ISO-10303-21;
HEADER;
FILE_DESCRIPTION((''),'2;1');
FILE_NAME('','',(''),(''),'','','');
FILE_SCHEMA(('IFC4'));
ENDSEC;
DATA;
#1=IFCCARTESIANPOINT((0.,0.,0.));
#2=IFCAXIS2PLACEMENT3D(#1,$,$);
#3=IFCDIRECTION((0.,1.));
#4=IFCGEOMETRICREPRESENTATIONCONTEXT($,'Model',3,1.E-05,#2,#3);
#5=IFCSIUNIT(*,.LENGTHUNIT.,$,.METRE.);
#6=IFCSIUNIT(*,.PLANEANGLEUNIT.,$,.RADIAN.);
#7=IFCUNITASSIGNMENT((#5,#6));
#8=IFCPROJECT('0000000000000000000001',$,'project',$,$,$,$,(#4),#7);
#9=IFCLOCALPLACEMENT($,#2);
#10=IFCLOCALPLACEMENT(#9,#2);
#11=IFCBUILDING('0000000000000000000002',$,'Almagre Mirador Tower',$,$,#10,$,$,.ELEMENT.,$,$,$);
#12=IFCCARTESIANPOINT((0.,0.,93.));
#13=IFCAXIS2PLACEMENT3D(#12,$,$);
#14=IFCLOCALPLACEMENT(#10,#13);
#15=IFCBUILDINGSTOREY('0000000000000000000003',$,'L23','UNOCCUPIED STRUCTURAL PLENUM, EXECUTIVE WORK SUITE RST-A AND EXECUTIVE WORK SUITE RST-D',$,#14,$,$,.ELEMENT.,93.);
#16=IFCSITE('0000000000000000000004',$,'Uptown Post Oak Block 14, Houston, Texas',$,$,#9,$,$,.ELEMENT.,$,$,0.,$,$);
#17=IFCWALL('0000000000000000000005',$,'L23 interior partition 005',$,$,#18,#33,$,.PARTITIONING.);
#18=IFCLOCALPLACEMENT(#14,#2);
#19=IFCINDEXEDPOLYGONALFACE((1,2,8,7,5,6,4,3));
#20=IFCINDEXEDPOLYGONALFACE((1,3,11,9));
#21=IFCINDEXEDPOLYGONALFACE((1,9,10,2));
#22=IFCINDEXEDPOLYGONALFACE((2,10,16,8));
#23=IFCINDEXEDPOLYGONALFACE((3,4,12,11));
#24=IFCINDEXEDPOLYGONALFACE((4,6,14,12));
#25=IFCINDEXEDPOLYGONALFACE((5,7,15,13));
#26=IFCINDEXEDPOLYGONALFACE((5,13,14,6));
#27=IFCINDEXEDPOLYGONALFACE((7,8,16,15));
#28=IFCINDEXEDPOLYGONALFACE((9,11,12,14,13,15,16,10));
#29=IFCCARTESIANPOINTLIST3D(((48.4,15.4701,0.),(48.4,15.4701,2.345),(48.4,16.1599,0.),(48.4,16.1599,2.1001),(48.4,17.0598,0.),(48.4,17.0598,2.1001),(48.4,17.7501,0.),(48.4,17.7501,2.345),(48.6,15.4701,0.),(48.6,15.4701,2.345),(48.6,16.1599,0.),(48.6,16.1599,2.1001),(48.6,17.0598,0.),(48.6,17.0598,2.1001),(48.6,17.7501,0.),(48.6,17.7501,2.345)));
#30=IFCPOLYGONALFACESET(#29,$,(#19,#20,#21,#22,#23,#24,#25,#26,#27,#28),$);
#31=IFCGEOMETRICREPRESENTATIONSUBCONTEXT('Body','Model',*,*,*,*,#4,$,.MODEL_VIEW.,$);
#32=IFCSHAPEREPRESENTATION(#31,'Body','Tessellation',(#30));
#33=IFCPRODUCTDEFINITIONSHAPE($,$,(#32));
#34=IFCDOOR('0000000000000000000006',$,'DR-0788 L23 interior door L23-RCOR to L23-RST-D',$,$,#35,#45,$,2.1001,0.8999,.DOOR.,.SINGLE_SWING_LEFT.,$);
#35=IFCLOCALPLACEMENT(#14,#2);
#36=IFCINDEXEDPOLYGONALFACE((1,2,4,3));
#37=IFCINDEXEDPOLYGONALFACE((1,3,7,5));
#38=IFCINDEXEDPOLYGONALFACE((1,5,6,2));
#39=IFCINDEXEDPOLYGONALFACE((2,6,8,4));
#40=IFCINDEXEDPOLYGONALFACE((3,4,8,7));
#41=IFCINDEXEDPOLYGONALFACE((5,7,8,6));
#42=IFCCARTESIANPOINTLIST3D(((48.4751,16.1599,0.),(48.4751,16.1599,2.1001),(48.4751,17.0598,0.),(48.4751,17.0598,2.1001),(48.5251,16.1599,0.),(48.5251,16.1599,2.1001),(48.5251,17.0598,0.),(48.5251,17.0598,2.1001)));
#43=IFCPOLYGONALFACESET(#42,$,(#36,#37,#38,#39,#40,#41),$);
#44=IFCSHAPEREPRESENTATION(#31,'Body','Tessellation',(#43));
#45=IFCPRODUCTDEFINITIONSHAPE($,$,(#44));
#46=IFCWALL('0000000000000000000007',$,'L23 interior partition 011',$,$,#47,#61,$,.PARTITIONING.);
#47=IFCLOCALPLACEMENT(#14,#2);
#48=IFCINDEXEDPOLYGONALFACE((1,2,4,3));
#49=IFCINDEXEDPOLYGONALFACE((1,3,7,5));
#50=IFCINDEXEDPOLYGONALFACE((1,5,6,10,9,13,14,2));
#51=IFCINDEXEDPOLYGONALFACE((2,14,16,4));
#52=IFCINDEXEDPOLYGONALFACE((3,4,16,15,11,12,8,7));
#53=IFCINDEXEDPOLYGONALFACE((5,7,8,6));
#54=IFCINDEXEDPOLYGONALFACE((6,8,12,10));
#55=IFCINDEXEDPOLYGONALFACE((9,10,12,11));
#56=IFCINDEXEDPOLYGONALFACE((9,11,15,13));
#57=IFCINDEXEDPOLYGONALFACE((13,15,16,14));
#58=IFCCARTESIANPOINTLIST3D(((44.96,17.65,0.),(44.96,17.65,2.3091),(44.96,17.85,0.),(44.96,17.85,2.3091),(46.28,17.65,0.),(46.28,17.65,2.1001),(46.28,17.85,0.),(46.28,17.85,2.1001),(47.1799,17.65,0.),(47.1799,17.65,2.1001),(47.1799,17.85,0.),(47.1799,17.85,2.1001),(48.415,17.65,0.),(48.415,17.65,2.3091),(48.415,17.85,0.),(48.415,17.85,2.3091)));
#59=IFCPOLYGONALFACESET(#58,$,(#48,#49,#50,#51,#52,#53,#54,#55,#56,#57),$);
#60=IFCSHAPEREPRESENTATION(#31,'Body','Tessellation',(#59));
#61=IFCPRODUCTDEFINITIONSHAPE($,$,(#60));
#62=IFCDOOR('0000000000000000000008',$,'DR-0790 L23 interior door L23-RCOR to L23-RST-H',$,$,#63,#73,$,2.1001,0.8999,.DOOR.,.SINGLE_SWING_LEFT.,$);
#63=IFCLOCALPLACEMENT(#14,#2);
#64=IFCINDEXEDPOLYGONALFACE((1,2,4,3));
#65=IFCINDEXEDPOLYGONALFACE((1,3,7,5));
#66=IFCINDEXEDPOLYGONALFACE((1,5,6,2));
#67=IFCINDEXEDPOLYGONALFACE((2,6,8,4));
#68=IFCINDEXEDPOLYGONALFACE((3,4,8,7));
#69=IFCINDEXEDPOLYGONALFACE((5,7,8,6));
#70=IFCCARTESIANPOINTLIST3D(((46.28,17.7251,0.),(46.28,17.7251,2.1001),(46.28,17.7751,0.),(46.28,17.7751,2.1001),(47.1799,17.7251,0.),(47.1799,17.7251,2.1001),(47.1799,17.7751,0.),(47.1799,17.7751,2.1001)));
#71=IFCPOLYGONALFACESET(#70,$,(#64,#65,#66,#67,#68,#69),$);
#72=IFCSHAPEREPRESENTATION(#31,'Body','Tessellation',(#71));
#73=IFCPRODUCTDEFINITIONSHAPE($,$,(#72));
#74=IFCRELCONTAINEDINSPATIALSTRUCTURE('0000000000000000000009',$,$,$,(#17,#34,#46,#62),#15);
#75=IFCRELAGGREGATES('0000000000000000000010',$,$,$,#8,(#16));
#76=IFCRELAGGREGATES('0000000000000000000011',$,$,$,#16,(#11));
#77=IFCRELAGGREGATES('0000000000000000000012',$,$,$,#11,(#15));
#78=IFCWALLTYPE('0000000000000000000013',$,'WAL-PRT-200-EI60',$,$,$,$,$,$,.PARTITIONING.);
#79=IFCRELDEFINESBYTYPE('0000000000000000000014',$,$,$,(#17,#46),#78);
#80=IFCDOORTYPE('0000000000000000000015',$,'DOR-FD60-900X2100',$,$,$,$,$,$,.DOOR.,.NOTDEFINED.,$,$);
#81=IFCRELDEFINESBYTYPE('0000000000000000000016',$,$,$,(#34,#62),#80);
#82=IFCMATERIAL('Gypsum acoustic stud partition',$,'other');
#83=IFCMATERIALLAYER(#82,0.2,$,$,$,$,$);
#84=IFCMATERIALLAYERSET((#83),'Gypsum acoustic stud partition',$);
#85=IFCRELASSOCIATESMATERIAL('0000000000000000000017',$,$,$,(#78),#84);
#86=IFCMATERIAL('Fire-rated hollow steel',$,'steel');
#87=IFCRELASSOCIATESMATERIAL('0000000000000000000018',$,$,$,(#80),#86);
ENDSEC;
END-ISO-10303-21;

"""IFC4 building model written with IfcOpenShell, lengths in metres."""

from ifc_helpers import new_model, si_unit, direction, frame, frame_2d, origin, place, context, subcontext, project, spatial, rectangle, extrude, material, layer, layer_set, type_object, element, fill, save


model = new_model("IFC4")

# Units and contexts
model_context = context("Model", 3, precision=1e-05, world=origin(), true_north=direction((0.0, 1.0)))
body_context = subcontext(model_context, "Body", "Model", "MODEL_VIEW")
ifc_project = project(units=[si_unit("LENGTHUNIT", "METRE"), si_unit("PLANEANGLEUNIT", "RADIAN")], contexts=[model_context])

# Site, building, storey
site_placement = place(None, origin())
site = spatial("IfcSite", under=ifc_project, at=site_placement, Name="Uptown Post Oak Block 14, Houston, Texas", CompositionType="ELEMENT", RefElevation=0.0)
building_placement = place(site_placement, origin())
building = spatial("IfcBuilding", under=site, at=building_placement, Name="Almagre Mirador Tower", CompositionType="ELEMENT")
storey_placement = place(building_placement, frame((0.0, 0.0, 93.0)))
storey = spatial("IfcBuildingStorey", under=building, at=storey_placement, Name="L23", Description="UNOCCUPIED STRUCTURAL PLENUM, EXECUTIVE WORK SUITE RST-A AND EXECUTIVE WORK SUITE RST-D", CompositionType="ELEMENT", Elevation=93.0)

# Shared definitions
ifc_material_1 = material(Name="Gypsum acoustic stud partition", Category="other")
ifc_layer_1 = layer(ifc_material_1, 0.2)
ifc_layer_set_1 = layer_set([ifc_layer_1], Name="Gypsum acoustic stud partition")
wall_type_1 = type_object("IfcWallType", Name="WAL-PRT-200-EI60", PredefinedType="PARTITIONING", material=ifc_layer_set_1)

# Walls, openings, doors
wall_1_placement = place(storey_placement, frame((48.5, 15.47, 0.0), z_axis=(0.0, 0.0, 1.0), x_axis=(0.0, 1.0, 0.0)))
wall_1 = element("IfcWall", 1, at=wall_1_placement, inside=storey, type_object=wall_type_1, Name="L23 interior partition 005", PredefinedType="PARTITIONING", context=body_context, shape_type="SweptSolid", body=[
    extrude(rectangle(XDim=2.28, YDim=0.2, at=frame_2d((1.1401, 0.0))), origin(), (0.0, 0.0, 1.0), 2.345),
])
opening_1_placement = place(wall_1_placement, frame((0.6899, 0.0, 0.0)))
opening_1 = element("IfcOpeningElement", 2, at=opening_1_placement, cuts=wall_1, PredefinedType="OPENING", context=body_context, shape_type="SweptSolid", body=[
    extrude(rectangle(XDim=0.8999, YDim=2.1001, at=frame_2d((0.45, 1.05))), frame((0.0, 0.1101, 0.0), z_axis=(0.0, -1.0, 0.0), x_axis=(1.0, 0.0, 0.0)), (0.0, 0.0, 1.0), 0.22),
])
ifc_material_2 = material(Name="Fire-rated hollow steel", Category="steel")
door_type_1 = type_object("IfcDoorType", Name="DOR-FD60-900X2100", OperationType="NOTDEFINED", PredefinedType="DOOR", material=ifc_material_2)
door_1_placement = place(opening_1_placement, origin())
door_1 = element("IfcDoor", 3, at=door_1_placement, inside=storey, type_object=door_type_1, Name="DR-0788 L23 interior door L23-RCOR to L23-RST-D", OperationType="SINGLE_SWING_LEFT", OverallHeight=2.1001, OverallWidth=0.8999, PredefinedType="DOOR", context=body_context, shape_type="SweptSolid", body=[
    extrude(rectangle(XDim=0.8999, YDim=2.1001, at=frame_2d((0.45, 1.05))), frame((0.0, 0.0249, 0.0), z_axis=(0.0, -1.0, 0.0), x_axis=(1.0, 0.0, 0.0)), (0.0, 0.0, 1.0), 0.05),
])
fill(opening_1, door_1)
wall_2_placement = place(storey_placement, frame((48.415, 17.75, 0.0), z_axis=(0.0, 0.0, 1.0), x_axis=(-1.0, 0.0, 0.0)))
wall_2 = element("IfcWall", 4, at=wall_2_placement, inside=storey, type_object=wall_type_1, Name="L23 interior partition 011", PredefinedType="PARTITIONING", context=body_context, shape_type="SweptSolid", body=[
    extrude(rectangle(XDim=3.4551, YDim=0.2, at=frame_2d((1.7275, 0.0))), origin(), (0.0, 0.0, 1.0), 2.3091),
])
opening_2_placement = place(wall_2_placement, frame((1.2351, 0.0, 0.0)))
opening_2 = element("IfcOpeningElement", 5, at=opening_2_placement, cuts=wall_2, PredefinedType="OPENING", context=body_context, shape_type="SweptSolid", body=[
    extrude(rectangle(XDim=0.8999, YDim=2.1001, at=frame_2d((0.45, 1.05))), frame((0.0, 0.1101, 0.0), z_axis=(0.0, -1.0, 0.0), x_axis=(1.0, 0.0, 0.0)), (0.0, 0.0, 1.0), 0.22),
])
door_2_placement = place(opening_2_placement, origin())
door_2 = element("IfcDoor", 6, at=door_2_placement, inside=storey, type_object=door_type_1, Name="DR-0790 L23 interior door L23-RCOR to L23-RST-H", OperationType="SINGLE_SWING_LEFT", OverallHeight=2.1001, OverallWidth=0.8999, PredefinedType="DOOR", context=body_context, shape_type="SweptSolid", body=[
    extrude(rectangle(XDim=0.8999, YDim=2.1001, at=frame_2d((0.45, 1.05))), frame((0.0, 0.0249, 0.0), z_axis=(0.0, -1.0, 0.0), x_axis=(1.0, 0.0, 0.0)), (0.0, 0.0, 1.0), 0.05),
])
fill(opening_2, door_2)

save(model, "model.ifc")
